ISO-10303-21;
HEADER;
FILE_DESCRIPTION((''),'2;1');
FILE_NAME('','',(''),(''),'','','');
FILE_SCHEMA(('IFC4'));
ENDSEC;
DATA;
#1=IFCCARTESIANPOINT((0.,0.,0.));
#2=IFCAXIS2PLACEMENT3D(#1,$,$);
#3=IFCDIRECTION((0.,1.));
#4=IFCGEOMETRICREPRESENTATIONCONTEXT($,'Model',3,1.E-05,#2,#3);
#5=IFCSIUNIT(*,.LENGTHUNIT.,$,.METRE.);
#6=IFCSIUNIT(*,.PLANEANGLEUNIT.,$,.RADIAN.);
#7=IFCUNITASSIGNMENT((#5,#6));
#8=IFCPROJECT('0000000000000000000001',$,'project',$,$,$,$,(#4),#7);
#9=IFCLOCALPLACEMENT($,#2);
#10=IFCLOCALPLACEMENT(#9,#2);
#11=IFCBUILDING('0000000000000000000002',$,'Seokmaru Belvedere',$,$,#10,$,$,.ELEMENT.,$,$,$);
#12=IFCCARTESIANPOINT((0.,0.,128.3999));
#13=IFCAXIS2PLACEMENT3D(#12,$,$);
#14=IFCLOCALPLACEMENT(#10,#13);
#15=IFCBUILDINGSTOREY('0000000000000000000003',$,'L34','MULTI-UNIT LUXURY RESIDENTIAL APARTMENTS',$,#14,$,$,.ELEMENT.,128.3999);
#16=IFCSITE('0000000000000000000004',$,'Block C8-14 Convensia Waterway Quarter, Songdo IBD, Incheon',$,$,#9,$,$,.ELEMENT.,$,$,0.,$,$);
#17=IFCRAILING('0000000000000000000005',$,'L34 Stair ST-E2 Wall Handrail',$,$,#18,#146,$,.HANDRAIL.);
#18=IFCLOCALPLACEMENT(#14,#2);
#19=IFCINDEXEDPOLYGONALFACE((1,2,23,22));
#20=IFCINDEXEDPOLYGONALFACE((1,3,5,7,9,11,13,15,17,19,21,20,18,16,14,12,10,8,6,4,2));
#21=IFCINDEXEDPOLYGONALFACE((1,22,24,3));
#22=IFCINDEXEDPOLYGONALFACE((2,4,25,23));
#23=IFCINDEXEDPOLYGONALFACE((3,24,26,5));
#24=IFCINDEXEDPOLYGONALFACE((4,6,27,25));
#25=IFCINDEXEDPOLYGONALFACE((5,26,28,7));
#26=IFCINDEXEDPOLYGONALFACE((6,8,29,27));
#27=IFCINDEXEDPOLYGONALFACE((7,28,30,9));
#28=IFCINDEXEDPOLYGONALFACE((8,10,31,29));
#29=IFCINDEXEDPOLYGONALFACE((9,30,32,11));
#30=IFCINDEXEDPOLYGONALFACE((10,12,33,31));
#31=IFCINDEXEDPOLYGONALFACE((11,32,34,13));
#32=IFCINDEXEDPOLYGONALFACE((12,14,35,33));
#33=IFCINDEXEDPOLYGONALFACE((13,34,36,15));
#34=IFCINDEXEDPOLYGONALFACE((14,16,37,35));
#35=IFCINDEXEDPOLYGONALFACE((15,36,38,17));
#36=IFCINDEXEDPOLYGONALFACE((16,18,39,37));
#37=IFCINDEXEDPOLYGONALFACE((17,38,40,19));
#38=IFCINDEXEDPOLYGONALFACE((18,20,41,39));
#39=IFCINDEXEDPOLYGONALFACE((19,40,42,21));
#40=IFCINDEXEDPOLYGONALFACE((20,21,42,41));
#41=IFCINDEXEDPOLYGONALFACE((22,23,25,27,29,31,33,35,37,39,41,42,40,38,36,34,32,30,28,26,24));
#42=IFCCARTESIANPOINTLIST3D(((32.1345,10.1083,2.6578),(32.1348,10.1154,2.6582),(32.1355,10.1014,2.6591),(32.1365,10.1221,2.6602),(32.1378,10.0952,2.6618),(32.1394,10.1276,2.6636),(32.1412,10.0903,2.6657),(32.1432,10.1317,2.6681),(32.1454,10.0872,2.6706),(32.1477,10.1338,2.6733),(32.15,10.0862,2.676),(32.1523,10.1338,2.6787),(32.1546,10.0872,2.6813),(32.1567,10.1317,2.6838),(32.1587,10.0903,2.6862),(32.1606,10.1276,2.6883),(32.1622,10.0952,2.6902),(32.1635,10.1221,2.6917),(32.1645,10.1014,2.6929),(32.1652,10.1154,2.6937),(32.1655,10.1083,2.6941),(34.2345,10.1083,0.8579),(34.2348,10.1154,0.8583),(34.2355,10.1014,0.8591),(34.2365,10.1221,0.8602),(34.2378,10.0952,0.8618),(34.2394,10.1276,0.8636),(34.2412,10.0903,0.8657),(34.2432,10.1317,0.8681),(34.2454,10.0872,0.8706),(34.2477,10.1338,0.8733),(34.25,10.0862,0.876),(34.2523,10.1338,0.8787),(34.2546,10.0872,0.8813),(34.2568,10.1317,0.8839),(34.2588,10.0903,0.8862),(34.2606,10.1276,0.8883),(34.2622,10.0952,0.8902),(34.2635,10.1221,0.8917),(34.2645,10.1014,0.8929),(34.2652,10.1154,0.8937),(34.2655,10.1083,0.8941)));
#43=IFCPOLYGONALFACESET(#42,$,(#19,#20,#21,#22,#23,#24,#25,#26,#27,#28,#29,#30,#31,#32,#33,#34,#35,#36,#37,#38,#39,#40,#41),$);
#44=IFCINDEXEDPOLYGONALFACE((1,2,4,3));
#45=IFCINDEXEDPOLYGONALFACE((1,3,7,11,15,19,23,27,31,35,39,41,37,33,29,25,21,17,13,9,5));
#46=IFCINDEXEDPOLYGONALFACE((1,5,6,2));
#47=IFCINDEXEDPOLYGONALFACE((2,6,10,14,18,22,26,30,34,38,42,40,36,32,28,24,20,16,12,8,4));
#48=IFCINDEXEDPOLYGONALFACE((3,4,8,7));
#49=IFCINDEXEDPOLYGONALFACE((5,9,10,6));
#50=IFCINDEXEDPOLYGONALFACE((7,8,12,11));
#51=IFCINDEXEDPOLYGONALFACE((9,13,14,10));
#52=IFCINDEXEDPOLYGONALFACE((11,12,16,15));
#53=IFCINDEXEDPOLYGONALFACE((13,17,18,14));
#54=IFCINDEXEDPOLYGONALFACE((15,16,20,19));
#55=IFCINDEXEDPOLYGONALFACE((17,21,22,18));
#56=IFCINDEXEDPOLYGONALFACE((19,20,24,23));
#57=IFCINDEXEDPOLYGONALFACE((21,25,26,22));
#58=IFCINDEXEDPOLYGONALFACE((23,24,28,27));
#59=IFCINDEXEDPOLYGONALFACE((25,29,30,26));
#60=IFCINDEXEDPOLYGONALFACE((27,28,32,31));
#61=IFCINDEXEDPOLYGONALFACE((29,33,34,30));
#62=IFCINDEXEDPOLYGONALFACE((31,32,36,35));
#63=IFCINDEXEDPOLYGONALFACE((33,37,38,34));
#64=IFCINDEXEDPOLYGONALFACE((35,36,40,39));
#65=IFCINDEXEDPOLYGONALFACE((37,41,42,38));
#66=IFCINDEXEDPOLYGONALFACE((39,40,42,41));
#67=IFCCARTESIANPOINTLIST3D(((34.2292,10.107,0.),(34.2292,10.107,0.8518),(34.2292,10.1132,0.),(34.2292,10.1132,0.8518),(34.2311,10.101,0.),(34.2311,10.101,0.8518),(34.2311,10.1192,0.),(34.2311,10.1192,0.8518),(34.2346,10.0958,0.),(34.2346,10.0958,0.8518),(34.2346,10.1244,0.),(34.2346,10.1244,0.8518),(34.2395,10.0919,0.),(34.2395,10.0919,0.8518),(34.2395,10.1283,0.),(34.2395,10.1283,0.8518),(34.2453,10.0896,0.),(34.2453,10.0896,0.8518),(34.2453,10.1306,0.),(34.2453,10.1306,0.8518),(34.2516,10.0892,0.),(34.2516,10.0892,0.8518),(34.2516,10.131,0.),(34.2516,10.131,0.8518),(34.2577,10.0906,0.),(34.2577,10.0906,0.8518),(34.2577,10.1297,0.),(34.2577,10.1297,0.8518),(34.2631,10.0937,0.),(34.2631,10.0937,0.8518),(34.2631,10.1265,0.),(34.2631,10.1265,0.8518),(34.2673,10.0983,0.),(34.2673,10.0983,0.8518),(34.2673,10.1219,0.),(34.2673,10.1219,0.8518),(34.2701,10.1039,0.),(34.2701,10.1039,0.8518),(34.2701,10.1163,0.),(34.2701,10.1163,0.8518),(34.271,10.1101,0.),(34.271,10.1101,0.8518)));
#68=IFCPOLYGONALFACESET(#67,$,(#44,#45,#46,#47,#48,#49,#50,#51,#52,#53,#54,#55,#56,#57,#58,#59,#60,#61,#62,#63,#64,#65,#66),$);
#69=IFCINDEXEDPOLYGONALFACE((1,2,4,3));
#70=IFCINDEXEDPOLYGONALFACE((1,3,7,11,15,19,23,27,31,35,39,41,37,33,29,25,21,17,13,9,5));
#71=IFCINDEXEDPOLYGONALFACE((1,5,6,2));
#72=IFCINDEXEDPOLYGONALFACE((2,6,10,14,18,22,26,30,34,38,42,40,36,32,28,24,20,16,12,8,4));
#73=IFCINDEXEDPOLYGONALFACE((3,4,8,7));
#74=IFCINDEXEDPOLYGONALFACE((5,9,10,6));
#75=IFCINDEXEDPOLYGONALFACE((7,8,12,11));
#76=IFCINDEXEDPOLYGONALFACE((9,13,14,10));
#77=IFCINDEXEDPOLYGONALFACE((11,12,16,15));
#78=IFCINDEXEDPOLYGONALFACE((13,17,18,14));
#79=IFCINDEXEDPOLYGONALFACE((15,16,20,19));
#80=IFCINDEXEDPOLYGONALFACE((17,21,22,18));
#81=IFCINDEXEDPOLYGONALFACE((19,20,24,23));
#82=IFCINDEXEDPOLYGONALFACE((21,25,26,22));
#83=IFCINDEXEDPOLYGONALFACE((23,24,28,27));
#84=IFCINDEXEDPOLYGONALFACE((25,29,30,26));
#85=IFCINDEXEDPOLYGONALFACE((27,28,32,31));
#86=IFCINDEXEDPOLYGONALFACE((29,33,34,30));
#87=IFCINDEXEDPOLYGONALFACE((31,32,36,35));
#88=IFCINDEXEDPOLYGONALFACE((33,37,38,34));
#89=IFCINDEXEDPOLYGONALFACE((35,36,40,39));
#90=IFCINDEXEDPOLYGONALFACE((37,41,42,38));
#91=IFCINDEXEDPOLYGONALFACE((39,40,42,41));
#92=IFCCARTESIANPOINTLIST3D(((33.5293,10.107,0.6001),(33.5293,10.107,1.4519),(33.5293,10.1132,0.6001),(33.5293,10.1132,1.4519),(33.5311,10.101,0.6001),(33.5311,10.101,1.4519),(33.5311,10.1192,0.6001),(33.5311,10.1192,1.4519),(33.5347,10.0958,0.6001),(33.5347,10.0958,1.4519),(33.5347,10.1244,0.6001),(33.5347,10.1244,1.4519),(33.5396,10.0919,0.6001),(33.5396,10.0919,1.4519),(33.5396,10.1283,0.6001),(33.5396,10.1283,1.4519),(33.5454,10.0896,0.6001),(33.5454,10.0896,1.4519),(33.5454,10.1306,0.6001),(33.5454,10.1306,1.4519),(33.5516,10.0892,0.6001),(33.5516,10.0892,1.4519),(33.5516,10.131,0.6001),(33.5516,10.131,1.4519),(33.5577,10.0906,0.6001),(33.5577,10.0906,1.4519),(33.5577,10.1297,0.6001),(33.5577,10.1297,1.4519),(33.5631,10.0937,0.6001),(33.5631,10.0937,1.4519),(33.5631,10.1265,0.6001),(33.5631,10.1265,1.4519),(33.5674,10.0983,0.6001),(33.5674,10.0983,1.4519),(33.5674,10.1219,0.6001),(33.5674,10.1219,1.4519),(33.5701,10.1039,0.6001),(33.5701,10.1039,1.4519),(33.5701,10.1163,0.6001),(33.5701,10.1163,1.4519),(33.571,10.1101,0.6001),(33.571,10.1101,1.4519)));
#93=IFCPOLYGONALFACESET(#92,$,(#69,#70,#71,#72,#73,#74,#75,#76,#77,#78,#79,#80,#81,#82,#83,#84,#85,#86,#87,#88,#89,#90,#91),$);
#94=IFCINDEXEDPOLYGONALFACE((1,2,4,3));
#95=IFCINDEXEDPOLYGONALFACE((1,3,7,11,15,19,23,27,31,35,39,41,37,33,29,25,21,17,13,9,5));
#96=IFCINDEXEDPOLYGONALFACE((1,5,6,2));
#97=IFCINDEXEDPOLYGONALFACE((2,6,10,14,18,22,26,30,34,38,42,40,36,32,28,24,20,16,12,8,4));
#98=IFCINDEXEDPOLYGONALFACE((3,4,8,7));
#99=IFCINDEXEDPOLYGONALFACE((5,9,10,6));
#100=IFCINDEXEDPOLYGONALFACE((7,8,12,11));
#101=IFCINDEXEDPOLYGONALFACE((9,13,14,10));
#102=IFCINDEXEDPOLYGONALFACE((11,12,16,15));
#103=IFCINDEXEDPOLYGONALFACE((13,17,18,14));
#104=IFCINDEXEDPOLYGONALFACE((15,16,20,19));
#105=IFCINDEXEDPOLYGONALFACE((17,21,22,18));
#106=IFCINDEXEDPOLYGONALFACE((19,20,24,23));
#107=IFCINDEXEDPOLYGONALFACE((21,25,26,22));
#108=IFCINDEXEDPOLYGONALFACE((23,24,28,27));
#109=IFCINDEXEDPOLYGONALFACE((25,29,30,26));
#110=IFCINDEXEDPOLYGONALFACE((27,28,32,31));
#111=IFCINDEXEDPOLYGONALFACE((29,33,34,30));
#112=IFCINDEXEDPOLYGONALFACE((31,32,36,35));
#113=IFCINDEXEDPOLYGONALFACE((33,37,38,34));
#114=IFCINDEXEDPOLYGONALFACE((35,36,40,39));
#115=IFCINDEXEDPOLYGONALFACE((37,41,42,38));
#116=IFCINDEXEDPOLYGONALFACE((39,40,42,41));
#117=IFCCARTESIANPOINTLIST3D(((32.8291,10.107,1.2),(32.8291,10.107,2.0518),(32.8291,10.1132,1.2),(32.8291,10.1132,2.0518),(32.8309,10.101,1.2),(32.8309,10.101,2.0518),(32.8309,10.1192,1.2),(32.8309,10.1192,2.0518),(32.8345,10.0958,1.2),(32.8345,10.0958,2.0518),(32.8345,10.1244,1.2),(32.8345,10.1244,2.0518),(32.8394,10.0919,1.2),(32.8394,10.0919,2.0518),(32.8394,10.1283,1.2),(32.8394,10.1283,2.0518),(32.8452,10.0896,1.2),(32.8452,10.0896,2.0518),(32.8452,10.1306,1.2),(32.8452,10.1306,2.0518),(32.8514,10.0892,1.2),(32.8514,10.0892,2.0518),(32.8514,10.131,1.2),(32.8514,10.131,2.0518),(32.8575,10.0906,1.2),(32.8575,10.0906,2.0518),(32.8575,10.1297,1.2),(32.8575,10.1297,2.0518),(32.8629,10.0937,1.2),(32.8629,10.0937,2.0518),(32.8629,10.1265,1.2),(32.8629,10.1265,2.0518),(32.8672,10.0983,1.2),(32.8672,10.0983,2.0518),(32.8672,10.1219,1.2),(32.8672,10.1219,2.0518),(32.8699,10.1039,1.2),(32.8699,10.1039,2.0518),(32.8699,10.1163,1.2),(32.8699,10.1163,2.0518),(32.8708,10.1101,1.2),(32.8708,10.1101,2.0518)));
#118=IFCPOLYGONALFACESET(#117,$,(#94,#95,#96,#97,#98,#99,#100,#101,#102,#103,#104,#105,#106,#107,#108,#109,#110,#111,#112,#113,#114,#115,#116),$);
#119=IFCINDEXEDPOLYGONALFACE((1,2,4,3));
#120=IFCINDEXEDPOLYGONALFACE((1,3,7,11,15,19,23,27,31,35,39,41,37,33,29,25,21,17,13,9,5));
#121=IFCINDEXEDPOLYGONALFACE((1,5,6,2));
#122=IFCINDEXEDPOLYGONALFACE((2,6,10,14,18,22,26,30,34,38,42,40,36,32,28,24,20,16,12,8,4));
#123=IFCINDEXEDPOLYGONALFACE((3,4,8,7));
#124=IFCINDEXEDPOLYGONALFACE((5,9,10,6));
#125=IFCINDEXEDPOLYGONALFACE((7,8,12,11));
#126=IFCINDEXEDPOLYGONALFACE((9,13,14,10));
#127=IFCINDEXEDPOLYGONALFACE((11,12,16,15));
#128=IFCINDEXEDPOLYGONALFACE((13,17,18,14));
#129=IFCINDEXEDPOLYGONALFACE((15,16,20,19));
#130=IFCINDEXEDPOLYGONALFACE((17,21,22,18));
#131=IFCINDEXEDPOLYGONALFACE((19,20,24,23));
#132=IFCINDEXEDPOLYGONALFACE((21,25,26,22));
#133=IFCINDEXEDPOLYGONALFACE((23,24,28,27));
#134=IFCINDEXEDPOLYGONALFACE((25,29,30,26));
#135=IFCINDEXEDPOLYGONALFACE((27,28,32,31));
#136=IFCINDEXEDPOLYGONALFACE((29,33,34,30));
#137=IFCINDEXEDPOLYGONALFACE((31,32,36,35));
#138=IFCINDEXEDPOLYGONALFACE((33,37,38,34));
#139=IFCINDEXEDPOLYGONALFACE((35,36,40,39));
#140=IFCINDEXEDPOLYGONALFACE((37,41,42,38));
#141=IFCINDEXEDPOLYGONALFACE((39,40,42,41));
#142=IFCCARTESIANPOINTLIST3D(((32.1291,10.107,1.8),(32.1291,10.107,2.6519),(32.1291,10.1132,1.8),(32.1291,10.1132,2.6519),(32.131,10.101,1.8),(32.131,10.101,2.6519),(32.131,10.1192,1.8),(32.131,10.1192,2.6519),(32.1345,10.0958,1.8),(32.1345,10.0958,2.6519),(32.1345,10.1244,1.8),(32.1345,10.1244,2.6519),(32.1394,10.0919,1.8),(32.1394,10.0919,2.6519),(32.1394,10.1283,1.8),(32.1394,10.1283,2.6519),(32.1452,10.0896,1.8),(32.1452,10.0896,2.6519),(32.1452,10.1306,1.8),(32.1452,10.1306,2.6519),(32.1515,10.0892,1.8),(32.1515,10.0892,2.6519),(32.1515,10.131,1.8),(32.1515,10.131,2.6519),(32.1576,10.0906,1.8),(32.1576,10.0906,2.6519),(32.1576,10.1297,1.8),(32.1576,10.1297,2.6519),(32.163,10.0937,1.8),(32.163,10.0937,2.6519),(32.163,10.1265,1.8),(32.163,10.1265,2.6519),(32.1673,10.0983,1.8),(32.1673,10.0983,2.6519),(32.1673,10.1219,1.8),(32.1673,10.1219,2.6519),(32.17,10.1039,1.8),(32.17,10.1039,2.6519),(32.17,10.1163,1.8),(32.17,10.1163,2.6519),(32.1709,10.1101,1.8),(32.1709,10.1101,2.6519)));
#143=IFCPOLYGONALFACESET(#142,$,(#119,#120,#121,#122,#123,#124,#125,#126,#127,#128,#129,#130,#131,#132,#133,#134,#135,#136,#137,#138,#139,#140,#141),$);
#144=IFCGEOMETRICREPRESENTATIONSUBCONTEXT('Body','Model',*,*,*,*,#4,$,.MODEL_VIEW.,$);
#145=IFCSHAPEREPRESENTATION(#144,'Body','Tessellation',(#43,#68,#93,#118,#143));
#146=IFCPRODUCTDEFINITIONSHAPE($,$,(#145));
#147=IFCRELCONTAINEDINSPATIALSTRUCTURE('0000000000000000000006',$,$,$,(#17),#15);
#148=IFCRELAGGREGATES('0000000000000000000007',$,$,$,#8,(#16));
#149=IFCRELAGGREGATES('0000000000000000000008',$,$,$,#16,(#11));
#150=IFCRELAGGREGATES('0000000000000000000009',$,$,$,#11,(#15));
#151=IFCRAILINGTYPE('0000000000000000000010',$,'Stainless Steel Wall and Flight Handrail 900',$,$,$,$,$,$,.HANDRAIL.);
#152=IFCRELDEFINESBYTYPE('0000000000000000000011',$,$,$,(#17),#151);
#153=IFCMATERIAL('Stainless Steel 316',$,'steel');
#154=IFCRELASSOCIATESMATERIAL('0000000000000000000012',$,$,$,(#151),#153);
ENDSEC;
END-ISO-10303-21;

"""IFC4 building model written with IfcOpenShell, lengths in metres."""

from ifc_helpers import new_model, si_unit, direction, frame, origin, origin_2d, place, context, subcontext, project, spatial, circle, extrude, material, type_object, element, save


model = new_model("IFC4")

# Units and contexts
model_context = context("Model", 3, precision=1e-05, world=origin(), true_north=direction((0.0, 1.0)))
body_context = subcontext(model_context, "Body", "Model", "MODEL_VIEW")
ifc_project = project(units=[si_unit("LENGTHUNIT", "METRE"), si_unit("PLANEANGLEUNIT", "RADIAN")], contexts=[model_context])

# Site, building, storey
site_placement = place(None, origin())
site = spatial("IfcSite", under=ifc_project, at=site_placement, Name="Block C8-14 Convensia Waterway Quarter, Songdo IBD, Incheon", CompositionType="ELEMENT", RefElevation=0.0)
building_placement = place(site_placement, origin())
building = spatial("IfcBuilding", under=site, at=building_placement, Name="Seokmaru Belvedere", CompositionType="ELEMENT")
storey_placement = place(building_placement, frame((0.0, 0.0, 128.3999)))
storey = spatial("IfcBuildingStorey", under=building, at=storey_placement, Name="L34", Description="MULTI-UNIT LUXURY RESIDENTIAL APARTMENTS", CompositionType="ELEMENT", Elevation=128.3999)

# Railing
ifc_material_1 = material(Name="Stainless Steel 316", Category="steel")
railing_type_1 = type_object("IfcRailingType", Name="Stainless Steel Wall and Flight Handrail 900", PredefinedType="HANDRAIL", material=ifc_material_1)
railing_1_placement = place(storey_placement, frame((34.25, 10.1101, 0.0)))
element("IfcRailing", 1, at=railing_1_placement, inside=storey, type_object=railing_type_1, Name="L34 Stair ST-E2 Wall Handrail", PredefinedType="HANDRAIL", context=body_context, shape_type="SweptSolid", body=[
    extrude(circle(Radius=0.0239, at=origin_2d()), frame((0.0, 0.0, 0.876), z_axis=(-0.759263, 0.0, 0.650784), x_axis=(0.0, -1.0, 0.0)), (0.0, 0.0, 1.0), 2.7659),
    extrude(circle(Radius=0.021, at=origin_2d()), origin(), (0.0, 0.0, 1.0), 0.8518),
    extrude(circle(Radius=0.021, at=origin_2d()), frame((-0.7, 0.0, 0.6001)), (0.0, 0.0, 1.0), 0.8518),
    extrude(circle(Radius=0.021, at=origin_2d()), frame((-1.4001, 0.0, 1.2)), (0.0, 0.0, 1.0), 0.8518),
    extrude(circle(Radius=0.021, at=origin_2d()), frame((-2.1001, 0.0, 1.8)), (0.0, 0.0, 1.0), 0.8518),
])

save(model, "model.ifc")
